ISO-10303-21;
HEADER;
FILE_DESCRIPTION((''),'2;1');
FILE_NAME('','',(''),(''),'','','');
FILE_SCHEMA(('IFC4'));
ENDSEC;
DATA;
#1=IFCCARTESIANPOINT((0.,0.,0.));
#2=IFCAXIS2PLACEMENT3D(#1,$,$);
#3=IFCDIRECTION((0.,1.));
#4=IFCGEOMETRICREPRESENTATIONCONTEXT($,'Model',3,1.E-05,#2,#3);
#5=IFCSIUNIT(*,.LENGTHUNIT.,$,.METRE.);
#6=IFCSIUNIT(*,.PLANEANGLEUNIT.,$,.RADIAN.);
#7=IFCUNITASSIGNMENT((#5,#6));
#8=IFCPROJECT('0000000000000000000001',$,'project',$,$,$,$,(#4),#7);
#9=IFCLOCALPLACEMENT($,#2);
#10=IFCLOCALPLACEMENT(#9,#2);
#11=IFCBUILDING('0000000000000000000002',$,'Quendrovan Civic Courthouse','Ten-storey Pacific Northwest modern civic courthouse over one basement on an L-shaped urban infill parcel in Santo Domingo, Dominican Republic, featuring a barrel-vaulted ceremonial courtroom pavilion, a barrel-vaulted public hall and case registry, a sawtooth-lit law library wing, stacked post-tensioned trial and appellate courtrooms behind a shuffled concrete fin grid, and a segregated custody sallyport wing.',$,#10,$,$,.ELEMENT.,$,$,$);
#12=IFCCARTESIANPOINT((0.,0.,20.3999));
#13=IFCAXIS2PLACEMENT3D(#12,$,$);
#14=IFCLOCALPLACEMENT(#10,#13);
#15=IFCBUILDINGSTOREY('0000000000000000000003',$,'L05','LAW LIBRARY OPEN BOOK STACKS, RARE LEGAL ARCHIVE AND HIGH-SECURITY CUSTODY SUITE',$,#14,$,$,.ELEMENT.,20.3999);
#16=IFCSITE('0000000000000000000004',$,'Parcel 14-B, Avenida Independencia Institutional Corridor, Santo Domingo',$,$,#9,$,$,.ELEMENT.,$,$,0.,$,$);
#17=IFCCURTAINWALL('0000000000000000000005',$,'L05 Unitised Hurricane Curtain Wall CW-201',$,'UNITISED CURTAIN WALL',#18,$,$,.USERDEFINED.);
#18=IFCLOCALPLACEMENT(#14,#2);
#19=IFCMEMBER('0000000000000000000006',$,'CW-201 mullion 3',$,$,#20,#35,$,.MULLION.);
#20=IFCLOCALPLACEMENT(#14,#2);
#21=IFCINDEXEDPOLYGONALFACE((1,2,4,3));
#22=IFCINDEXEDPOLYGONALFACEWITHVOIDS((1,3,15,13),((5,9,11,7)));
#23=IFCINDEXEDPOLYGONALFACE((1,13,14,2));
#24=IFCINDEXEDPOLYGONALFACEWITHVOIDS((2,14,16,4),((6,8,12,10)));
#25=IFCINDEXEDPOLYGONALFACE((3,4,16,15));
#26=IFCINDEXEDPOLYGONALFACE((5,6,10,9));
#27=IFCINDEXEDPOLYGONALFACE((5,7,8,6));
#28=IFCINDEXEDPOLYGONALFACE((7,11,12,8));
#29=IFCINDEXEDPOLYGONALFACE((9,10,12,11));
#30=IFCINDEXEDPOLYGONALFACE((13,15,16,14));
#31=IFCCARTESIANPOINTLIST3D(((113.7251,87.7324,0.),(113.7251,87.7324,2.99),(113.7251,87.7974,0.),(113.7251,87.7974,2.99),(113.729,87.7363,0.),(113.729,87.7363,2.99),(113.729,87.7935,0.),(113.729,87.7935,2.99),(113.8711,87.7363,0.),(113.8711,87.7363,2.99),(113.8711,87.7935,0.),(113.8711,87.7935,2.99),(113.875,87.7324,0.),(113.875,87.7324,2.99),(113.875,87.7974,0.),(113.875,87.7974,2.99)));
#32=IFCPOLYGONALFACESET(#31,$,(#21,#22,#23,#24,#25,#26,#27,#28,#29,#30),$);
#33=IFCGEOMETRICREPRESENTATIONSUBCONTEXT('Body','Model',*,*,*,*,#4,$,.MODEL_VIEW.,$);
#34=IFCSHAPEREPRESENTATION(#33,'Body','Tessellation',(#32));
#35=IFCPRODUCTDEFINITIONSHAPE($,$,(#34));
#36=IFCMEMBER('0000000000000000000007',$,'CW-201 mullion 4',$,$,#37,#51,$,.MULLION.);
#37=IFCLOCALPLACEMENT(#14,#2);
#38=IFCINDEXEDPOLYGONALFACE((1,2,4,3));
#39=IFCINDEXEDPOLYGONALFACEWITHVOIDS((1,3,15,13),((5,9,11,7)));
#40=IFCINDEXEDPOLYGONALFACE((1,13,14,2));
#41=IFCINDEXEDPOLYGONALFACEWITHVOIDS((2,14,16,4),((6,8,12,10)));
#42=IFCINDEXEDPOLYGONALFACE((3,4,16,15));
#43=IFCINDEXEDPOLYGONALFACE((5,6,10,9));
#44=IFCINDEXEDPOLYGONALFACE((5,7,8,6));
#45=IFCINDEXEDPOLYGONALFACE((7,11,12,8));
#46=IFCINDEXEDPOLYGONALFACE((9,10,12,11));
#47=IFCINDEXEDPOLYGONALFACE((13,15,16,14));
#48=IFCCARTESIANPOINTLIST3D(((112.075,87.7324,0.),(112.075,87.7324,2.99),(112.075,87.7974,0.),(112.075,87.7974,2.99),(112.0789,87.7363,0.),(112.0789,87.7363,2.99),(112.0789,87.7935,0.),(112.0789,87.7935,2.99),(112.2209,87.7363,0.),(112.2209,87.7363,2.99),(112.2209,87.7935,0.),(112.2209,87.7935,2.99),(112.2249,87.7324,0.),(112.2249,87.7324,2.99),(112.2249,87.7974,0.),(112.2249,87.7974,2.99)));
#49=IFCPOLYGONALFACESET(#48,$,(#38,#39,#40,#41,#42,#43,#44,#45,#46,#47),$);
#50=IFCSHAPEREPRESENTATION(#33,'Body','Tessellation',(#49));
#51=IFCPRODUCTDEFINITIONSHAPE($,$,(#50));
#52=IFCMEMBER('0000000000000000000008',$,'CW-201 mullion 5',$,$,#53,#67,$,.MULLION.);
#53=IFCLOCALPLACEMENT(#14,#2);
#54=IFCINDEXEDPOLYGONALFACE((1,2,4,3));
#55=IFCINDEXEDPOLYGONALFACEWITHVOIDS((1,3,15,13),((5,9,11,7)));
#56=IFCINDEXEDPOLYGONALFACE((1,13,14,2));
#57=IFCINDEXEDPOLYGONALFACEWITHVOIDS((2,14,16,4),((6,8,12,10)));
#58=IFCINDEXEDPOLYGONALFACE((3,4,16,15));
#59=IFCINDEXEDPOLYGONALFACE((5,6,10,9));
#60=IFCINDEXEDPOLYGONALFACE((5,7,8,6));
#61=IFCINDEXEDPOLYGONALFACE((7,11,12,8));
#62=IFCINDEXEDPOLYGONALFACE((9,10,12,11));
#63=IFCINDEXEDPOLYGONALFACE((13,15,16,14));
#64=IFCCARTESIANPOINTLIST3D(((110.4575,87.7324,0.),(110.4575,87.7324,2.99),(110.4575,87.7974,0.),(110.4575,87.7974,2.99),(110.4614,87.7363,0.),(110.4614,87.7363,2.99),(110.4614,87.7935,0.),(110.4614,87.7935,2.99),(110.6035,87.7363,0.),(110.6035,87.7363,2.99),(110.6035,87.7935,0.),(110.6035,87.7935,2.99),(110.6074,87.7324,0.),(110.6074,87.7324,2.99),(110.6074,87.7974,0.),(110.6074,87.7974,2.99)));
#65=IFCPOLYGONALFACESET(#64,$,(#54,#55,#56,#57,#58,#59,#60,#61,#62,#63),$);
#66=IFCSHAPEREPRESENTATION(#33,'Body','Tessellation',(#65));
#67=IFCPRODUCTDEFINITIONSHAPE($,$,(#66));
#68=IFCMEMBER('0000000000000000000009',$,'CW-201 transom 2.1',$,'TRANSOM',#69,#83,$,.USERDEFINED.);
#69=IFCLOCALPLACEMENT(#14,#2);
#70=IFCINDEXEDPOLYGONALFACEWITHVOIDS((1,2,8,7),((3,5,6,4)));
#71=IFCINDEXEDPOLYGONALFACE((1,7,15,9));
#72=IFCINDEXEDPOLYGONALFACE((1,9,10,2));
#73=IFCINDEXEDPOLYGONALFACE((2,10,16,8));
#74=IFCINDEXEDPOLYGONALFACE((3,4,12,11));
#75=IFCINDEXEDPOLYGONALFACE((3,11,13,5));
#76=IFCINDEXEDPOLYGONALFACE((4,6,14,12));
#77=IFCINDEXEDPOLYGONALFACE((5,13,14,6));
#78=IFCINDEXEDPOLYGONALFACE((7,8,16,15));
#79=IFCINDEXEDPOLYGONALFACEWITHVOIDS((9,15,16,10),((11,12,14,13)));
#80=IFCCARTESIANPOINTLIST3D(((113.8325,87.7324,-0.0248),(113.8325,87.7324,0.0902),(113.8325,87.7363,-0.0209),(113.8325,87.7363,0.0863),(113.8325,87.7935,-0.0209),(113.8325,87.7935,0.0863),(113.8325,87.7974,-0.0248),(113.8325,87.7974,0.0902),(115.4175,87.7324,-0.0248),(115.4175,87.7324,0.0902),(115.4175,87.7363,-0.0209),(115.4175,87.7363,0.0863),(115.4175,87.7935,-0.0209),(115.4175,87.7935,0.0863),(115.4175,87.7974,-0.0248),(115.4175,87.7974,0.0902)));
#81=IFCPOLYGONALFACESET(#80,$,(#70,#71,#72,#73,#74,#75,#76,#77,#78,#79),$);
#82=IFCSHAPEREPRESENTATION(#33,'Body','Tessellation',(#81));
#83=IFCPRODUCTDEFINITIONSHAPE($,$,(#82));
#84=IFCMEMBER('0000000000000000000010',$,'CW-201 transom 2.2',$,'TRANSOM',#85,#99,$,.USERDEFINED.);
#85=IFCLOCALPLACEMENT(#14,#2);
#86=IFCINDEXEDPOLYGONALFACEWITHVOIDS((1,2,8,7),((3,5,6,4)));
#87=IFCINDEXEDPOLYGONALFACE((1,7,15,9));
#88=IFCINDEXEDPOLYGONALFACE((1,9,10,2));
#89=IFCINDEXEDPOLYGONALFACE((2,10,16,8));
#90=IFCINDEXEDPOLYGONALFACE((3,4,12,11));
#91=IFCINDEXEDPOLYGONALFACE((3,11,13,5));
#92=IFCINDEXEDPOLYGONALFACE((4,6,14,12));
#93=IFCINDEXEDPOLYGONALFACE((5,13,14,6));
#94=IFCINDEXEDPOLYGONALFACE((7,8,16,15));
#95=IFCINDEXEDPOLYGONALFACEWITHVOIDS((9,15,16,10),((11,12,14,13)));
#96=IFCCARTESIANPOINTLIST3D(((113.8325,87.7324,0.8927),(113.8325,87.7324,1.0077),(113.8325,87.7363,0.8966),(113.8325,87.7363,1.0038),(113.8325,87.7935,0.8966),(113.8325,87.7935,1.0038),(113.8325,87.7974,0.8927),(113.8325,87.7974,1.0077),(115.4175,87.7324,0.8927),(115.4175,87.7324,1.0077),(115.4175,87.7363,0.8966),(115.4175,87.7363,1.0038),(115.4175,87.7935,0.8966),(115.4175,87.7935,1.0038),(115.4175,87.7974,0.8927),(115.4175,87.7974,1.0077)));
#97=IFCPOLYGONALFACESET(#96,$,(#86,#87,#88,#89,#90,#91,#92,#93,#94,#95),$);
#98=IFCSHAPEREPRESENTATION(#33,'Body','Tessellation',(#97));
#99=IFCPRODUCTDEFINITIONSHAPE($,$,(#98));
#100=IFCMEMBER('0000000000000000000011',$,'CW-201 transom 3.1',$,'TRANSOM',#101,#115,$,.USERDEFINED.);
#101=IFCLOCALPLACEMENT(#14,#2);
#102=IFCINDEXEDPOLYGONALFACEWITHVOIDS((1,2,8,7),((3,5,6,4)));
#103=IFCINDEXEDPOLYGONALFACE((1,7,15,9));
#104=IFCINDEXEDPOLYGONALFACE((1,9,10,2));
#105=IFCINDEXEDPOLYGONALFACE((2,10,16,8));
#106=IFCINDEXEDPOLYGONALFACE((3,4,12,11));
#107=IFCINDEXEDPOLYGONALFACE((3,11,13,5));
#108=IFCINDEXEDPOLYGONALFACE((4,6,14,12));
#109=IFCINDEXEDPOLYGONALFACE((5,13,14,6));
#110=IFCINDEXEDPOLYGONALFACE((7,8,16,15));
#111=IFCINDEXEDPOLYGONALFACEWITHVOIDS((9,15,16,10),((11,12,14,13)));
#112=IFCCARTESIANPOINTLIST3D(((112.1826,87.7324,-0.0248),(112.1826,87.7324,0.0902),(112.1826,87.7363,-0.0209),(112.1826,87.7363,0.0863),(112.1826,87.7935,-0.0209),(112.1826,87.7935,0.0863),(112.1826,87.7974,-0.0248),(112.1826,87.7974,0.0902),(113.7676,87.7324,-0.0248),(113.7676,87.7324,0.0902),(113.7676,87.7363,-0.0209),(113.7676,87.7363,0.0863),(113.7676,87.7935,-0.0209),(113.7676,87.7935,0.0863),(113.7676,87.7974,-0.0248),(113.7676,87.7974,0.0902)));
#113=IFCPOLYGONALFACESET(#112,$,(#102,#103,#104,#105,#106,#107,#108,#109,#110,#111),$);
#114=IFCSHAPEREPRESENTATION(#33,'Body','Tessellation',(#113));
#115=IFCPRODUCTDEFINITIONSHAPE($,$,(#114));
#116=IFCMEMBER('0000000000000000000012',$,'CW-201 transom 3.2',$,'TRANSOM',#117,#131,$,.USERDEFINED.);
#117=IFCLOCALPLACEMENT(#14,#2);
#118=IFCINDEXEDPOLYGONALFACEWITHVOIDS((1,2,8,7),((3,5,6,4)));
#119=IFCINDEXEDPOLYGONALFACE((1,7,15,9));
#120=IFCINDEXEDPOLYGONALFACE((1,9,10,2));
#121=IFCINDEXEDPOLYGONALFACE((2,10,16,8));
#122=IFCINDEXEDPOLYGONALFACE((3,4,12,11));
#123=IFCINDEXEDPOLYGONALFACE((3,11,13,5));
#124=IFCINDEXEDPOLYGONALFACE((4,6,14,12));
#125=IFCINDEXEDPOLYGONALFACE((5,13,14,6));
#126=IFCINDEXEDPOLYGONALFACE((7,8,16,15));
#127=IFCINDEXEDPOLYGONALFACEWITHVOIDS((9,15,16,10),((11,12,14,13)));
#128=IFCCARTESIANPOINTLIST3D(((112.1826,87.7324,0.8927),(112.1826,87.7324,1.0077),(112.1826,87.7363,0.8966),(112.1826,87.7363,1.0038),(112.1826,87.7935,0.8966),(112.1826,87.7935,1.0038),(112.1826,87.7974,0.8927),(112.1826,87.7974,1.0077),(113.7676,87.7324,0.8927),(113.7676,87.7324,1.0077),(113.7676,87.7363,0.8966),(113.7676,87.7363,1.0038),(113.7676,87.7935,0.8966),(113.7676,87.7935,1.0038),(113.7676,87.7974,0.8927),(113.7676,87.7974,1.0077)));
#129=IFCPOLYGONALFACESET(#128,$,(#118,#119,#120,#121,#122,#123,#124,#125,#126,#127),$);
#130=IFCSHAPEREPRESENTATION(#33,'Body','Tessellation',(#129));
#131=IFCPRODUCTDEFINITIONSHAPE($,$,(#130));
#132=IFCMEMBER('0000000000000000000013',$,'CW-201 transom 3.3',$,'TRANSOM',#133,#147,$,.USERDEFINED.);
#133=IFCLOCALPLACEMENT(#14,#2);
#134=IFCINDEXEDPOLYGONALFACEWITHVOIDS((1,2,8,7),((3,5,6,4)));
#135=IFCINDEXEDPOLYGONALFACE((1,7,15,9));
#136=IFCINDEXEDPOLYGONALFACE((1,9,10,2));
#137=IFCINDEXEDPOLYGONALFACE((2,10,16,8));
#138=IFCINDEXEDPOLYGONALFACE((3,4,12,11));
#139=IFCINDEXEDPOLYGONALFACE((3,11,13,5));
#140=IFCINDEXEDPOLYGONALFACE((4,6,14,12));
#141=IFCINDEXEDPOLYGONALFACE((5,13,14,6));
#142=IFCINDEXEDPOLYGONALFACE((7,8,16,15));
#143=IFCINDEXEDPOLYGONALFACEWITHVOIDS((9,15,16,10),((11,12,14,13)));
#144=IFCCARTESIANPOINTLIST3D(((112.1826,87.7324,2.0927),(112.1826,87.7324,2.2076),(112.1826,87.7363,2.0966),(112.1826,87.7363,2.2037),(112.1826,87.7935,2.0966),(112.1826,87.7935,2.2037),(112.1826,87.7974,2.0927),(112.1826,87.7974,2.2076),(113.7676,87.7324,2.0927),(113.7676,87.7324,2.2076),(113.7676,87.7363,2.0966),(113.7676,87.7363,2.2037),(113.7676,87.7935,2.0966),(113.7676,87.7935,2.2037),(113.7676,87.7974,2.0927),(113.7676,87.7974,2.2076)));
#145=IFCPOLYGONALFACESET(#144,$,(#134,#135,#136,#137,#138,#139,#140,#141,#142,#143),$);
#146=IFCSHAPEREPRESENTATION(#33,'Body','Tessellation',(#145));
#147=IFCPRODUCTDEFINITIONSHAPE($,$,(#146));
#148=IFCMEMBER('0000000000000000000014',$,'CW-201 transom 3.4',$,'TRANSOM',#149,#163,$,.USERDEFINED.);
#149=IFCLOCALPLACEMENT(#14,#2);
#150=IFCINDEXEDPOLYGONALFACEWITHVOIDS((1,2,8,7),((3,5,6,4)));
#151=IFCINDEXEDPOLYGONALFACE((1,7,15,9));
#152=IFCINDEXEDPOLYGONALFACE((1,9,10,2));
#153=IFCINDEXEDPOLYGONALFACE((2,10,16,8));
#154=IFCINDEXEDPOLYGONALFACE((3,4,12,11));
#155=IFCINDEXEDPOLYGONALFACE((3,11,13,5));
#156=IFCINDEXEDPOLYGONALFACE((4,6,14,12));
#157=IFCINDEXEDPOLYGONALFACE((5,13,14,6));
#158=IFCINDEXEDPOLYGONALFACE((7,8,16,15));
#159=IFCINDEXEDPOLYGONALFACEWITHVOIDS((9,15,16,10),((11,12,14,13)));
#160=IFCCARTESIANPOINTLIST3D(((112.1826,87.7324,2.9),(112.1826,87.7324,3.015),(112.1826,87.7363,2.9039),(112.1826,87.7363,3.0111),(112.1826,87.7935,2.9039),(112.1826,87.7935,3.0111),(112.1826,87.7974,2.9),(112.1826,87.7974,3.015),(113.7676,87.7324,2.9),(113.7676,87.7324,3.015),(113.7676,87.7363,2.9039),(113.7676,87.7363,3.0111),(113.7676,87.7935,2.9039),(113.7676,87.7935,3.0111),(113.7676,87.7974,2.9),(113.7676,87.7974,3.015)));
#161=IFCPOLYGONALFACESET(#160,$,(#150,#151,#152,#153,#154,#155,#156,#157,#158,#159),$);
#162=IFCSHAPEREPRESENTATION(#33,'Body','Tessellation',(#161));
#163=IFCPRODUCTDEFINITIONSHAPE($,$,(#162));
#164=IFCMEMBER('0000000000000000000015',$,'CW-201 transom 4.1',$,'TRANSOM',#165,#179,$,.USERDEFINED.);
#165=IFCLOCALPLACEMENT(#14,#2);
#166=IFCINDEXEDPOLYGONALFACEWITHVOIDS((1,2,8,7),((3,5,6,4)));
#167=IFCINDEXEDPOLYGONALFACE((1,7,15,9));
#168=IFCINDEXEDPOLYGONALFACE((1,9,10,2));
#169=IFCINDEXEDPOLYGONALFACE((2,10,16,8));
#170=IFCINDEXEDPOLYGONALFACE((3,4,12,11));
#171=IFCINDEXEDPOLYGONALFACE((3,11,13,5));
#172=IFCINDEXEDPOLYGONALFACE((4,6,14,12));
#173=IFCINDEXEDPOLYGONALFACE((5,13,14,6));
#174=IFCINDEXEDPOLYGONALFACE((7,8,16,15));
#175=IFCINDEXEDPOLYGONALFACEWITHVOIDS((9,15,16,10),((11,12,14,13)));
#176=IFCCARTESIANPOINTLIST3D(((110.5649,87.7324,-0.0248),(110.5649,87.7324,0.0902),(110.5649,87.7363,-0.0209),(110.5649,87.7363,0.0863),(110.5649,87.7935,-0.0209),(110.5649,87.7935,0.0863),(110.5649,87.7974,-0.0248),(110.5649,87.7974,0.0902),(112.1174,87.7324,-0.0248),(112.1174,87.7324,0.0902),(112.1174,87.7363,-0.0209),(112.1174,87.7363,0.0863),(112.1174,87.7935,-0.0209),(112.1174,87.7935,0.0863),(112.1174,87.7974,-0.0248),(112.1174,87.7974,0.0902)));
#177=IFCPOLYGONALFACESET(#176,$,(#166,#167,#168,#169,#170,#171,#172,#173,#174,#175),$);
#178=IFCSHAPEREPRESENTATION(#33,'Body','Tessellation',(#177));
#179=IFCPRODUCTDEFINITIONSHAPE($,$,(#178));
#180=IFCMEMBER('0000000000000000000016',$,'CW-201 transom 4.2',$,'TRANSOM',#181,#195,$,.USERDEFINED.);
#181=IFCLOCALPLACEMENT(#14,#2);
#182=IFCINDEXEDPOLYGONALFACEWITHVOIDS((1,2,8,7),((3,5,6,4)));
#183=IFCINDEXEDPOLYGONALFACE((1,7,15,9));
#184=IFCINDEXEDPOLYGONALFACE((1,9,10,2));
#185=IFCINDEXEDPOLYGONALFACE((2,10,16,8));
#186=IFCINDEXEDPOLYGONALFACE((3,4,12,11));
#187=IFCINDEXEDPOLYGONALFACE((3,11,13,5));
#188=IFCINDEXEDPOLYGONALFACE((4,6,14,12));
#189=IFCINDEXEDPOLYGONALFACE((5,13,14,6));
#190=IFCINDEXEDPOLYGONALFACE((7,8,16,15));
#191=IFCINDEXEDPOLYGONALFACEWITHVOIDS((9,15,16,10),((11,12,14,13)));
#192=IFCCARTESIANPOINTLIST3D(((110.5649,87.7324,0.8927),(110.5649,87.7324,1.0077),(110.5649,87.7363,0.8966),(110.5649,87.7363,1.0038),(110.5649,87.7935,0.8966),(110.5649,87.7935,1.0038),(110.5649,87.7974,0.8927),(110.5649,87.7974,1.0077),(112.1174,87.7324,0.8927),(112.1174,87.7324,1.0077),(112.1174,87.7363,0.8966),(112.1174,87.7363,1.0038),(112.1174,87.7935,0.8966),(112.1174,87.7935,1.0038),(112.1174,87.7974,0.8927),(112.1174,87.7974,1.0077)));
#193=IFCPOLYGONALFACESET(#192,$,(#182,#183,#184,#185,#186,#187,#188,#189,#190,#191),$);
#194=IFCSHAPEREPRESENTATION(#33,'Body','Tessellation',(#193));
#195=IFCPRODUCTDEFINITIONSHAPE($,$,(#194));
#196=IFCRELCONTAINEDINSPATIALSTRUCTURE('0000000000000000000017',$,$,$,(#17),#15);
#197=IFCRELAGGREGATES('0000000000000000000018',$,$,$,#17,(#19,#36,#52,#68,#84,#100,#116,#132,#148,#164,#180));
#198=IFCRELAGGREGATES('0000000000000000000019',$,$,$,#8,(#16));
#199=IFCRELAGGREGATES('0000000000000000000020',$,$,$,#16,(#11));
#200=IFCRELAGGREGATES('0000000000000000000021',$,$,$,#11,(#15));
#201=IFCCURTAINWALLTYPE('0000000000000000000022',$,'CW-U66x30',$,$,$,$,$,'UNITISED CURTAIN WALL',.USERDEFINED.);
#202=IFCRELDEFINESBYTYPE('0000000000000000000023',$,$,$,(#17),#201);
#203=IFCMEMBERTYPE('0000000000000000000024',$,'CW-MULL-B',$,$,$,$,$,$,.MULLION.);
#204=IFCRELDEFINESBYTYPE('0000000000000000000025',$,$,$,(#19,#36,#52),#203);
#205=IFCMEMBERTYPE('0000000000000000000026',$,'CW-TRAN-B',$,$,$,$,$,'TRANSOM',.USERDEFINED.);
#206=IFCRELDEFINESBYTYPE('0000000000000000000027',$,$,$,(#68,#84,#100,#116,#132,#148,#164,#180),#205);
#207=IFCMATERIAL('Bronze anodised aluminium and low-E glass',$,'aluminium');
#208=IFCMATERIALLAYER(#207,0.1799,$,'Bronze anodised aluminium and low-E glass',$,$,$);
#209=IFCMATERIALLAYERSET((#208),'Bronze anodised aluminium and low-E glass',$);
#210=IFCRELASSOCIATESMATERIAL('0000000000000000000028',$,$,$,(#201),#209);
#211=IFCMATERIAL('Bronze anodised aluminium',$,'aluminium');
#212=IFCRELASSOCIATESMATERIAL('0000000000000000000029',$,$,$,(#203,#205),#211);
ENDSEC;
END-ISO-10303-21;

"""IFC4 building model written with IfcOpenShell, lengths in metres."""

from ifc_helpers import new_model, si_unit, direction, frame, origin, origin_2d, place, context, subcontext, project, spatial, hollow_rectangle, extrude, material, layer, layer_set, material_profile, profile_set, type_object, element, aggregate, save


model = new_model("IFC4")

# Units and contexts
model_context = context("Model", 3, precision=1e-05, world=origin(), true_north=direction((0.0, 1.0)))
body_context = subcontext(model_context, "Body", "Model", "MODEL_VIEW")
ifc_project = project(units=[si_unit("LENGTHUNIT", "METRE"), si_unit("PLANEANGLEUNIT", "RADIAN")], contexts=[model_context])

# Site, building, storey
site_placement = place(None, origin())
site = spatial("IfcSite", under=ifc_project, at=site_placement, Name="Parcel 14-B, Avenida Independencia Institutional Corridor, Santo Domingo", CompositionType="ELEMENT", RefElevation=0.0)
building_placement = place(site_placement, origin())
building = spatial("IfcBuilding", under=site, at=building_placement, Name="Quendrovan Civic Courthouse", Description="Ten-storey Pacific Northwest modern civic courthouse over one basement on an L-shaped urban infill parcel in Santo Domingo, Dominican Republic, featuring a barrel-vaulted ceremonial courtroom pavilion, a barrel-vaulted public hall and case registry, a sawtooth-lit law library wing, stacked post-tensioned trial and appellate courtrooms behind a shuffled concrete fin grid, and a segregated custody sallyport wing.", CompositionType="ELEMENT")
storey_placement = place(building_placement, frame((0.0, 0.0, 20.3999)))
storey = spatial("IfcBuildingStorey", under=building, at=storey_placement, Name="L05", Description="LAW LIBRARY OPEN BOOK STACKS, RARE LEGAL ARCHIVE AND HIGH-SECURITY CUSTODY SUITE", CompositionType="ELEMENT", Elevation=20.3999)

# Curtain wall, members
ifc_material_1 = material(Name="Bronze anodised aluminium and low-E glass", Category="aluminium")
ifc_layer_1 = layer(ifc_material_1, 0.1799, Name="Bronze anodised aluminium and low-E glass")
ifc_layer_set_1 = layer_set([ifc_layer_1], Name="Bronze anodised aluminium and low-E glass")
curtain_wall_type = type_object("IfcCurtainWallType", Name="CW-U66x30", ElementType="UNITISED CURTAIN WALL", PredefinedType="USERDEFINED", material=ifc_layer_set_1)
curtain_wall_placement = place(storey_placement, origin())
curtain_wall = element("IfcCurtainWall", 1, at=curtain_wall_placement, inside=storey, type_object=curtain_wall_type, Name="L05 Unitised Hurricane Curtain Wall CW-201", ObjectType="UNITISED CURTAIN WALL", PredefinedType="USERDEFINED")
ifc_material_2 = material(Name="Bronze anodised aluminium", Category="aluminium")
ifc_material_profile_1 = material_profile(ifc_material_2, hollow_rectangle(XDim=0.0649, YDim=0.1499, WallThickness=0.0039, at=origin_2d()), Name="CW-MULL-65x150")
ifc_profile_set_1 = profile_set([ifc_material_profile_1], Name="Bronze anodised aluminium")
member_type_1 = type_object("IfcMemberType", Name="CW-MULL-B", PredefinedType="MULLION", material=ifc_profile_set_1)
member_1_placement = place(storey_placement, frame((113.8, 87.7649, 0.0), z_axis=(0.0, 0.0, 1.0), x_axis=(0.0, -1.0, 0.0)))
member_1 = element("IfcMember", 2, at=member_1_placement, type_object=member_type_1, Name="CW-201 mullion 3", PredefinedType="MULLION", context=body_context, shape_type="SweptSolid", body=[
    extrude(hollow_rectangle(XDim=0.0649, YDim=0.1499, WallThickness=0.0039, at=origin_2d()), origin(), (0.0, 0.0, 1.0), 2.99),
])
member_2_placement = place(storey_placement, frame((112.1499, 87.7649, 0.0), z_axis=(0.0, 0.0, 1.0), x_axis=(0.0, -1.0, 0.0)))
member_2 = element("IfcMember", 3, at=member_2_placement, type_object=member_type_1, Name="CW-201 mullion 4", PredefinedType="MULLION", context=body_context, shape_type="SweptSolid", body=[
    extrude(hollow_rectangle(XDim=0.0649, YDim=0.1499, WallThickness=0.0039, at=origin_2d()), origin(), (0.0, 0.0, 1.0), 2.99),
])
member_3_placement = place(storey_placement, frame((110.5325, 87.7649, 0.0), z_axis=(0.0, 0.0, 1.0), x_axis=(0.0, -1.0, 0.0)))
member_3 = element("IfcMember", 4, at=member_3_placement, type_object=member_type_1, Name="CW-201 mullion 5", PredefinedType="MULLION", context=body_context, shape_type="SweptSolid", body=[
    extrude(hollow_rectangle(XDim=0.0649, YDim=0.1499, WallThickness=0.0039, at=origin_2d()), origin(), (0.0, 0.0, 1.0), 2.99),
])
ifc_material_profile_2 = material_profile(ifc_material_2, hollow_rectangle(XDim=0.0649, YDim=0.115, WallThickness=0.0039, at=origin_2d()), Name="CW-TRAN-65x115")
ifc_profile_set_2 = profile_set([ifc_material_profile_2], Name="Bronze anodised aluminium")
member_type_2 = type_object("IfcMemberType", Name="CW-TRAN-B", ElementType="TRANSOM", PredefinedType="USERDEFINED", material=ifc_profile_set_2)
member_4_placement = place(storey_placement, frame((115.4175, 87.7649, 0.0327), z_axis=(-1.0, 0.0, 0.0), x_axis=(0.0, -1.0, 0.0)))
member_4 = element("IfcMember", 5, at=member_4_placement, type_object=member_type_2, Name="CW-201 transom 2.1", ObjectType="TRANSOM", PredefinedType="USERDEFINED", context=body_context, shape_type="SweptSolid", body=[
    extrude(hollow_rectangle(XDim=0.0649, YDim=0.115, WallThickness=0.0039, at=origin_2d()), origin(), (0.0, 0.0, 1.0), 1.585),
])
member_5_placement = place(storey_placement, frame((115.4175, 87.7649, 0.9502), z_axis=(-1.0, 0.0, 0.0), x_axis=(0.0, -1.0, 0.0)))
member_5 = element("IfcMember", 6, at=member_5_placement, type_object=member_type_2, Name="CW-201 transom 2.2", ObjectType="TRANSOM", PredefinedType="USERDEFINED", context=body_context, shape_type="SweptSolid", body=[
    extrude(hollow_rectangle(XDim=0.0649, YDim=0.115, WallThickness=0.0039, at=origin_2d()), origin(), (0.0, 0.0, 1.0), 1.585),
])
member_6_placement = place(storey_placement, frame((113.7676, 87.7649, 0.0327), z_axis=(-1.0, 0.0, 0.0), x_axis=(0.0, -1.0, 0.0)))
member_6 = element("IfcMember", 7, at=member_6_placement, type_object=member_type_2, Name="CW-201 transom 3.1", ObjectType="TRANSOM", PredefinedType="USERDEFINED", context=body_context, shape_type="SweptSolid", body=[
    extrude(hollow_rectangle(XDim=0.0649, YDim=0.115, WallThickness=0.0039, at=origin_2d()), origin(), (0.0, 0.0, 1.0), 1.585),
])
member_7_placement = place(storey_placement, frame((113.7676, 87.7649, 0.9502), z_axis=(-1.0, 0.0, 0.0), x_axis=(0.0, -1.0, 0.0)))
member_7 = element("IfcMember", 8, at=member_7_placement, type_object=member_type_2, Name="CW-201 transom 3.2", ObjectType="TRANSOM", PredefinedType="USERDEFINED", context=body_context, shape_type="SweptSolid", body=[
    extrude(hollow_rectangle(XDim=0.0649, YDim=0.115, WallThickness=0.0039, at=origin_2d()), origin(), (0.0, 0.0, 1.0), 1.585),
])
member_8_placement = place(storey_placement, frame((113.7676, 87.7649, 2.1501), z_axis=(-1.0, 0.0, 0.0), x_axis=(0.0, -1.0, 0.0)))
member_8 = element("IfcMember", 9, at=member_8_placement, type_object=member_type_2, Name="CW-201 transom 3.3", ObjectType="TRANSOM", PredefinedType="USERDEFINED", context=body_context, shape_type="SweptSolid", body=[
    extrude(hollow_rectangle(XDim=0.0649, YDim=0.115, WallThickness=0.0039, at=origin_2d()), origin(), (0.0, 0.0, 1.0), 1.585),
])
member_9_placement = place(storey_placement, frame((113.7676, 87.7649, 2.9575), z_axis=(-1.0, 0.0, 0.0), x_axis=(0.0, -1.0, 0.0)))
member_9 = element("IfcMember", 10, at=member_9_placement, type_object=member_type_2, Name="CW-201 transom 3.4", ObjectType="TRANSOM", PredefinedType="USERDEFINED", context=body_context, shape_type="SweptSolid", body=[
    extrude(hollow_rectangle(XDim=0.0649, YDim=0.115, WallThickness=0.0039, at=origin_2d()), origin(), (0.0, 0.0, 1.0), 1.585),
])
member_10_placement = place(storey_placement, frame((112.1174, 87.7649, 0.0327), z_axis=(-1.0, 0.0, 0.0), x_axis=(0.0, -1.0, 0.0)))
member_10 = element("IfcMember", 11, at=member_10_placement, type_object=member_type_2, Name="CW-201 transom 4.1", ObjectType="TRANSOM", PredefinedType="USERDEFINED", context=body_context, shape_type="SweptSolid", body=[
    extrude(hollow_rectangle(XDim=0.0649, YDim=0.115, WallThickness=0.0039, at=origin_2d()), origin(), (0.0, 0.0, 1.0), 1.5525),
])
member_11_placement = place(storey_placement, frame((112.1174, 87.7649, 0.9502), z_axis=(-1.0, 0.0, 0.0), x_axis=(0.0, -1.0, 0.0)))
member_11 = element("IfcMember", 12, at=member_11_placement, type_object=member_type_2, Name="CW-201 transom 4.2", ObjectType="TRANSOM", PredefinedType="USERDEFINED", context=body_context, shape_type="SweptSolid", body=[
    extrude(hollow_rectangle(XDim=0.0649, YDim=0.115, WallThickness=0.0039, at=origin_2d()), origin(), (0.0, 0.0, 1.0), 1.5525),
])
aggregate(curtain_wall, [member_1, member_2, member_3, member_4, member_5, member_6, member_7, member_8, member_9, member_10, member_11])

save(model, "model.ifc")
